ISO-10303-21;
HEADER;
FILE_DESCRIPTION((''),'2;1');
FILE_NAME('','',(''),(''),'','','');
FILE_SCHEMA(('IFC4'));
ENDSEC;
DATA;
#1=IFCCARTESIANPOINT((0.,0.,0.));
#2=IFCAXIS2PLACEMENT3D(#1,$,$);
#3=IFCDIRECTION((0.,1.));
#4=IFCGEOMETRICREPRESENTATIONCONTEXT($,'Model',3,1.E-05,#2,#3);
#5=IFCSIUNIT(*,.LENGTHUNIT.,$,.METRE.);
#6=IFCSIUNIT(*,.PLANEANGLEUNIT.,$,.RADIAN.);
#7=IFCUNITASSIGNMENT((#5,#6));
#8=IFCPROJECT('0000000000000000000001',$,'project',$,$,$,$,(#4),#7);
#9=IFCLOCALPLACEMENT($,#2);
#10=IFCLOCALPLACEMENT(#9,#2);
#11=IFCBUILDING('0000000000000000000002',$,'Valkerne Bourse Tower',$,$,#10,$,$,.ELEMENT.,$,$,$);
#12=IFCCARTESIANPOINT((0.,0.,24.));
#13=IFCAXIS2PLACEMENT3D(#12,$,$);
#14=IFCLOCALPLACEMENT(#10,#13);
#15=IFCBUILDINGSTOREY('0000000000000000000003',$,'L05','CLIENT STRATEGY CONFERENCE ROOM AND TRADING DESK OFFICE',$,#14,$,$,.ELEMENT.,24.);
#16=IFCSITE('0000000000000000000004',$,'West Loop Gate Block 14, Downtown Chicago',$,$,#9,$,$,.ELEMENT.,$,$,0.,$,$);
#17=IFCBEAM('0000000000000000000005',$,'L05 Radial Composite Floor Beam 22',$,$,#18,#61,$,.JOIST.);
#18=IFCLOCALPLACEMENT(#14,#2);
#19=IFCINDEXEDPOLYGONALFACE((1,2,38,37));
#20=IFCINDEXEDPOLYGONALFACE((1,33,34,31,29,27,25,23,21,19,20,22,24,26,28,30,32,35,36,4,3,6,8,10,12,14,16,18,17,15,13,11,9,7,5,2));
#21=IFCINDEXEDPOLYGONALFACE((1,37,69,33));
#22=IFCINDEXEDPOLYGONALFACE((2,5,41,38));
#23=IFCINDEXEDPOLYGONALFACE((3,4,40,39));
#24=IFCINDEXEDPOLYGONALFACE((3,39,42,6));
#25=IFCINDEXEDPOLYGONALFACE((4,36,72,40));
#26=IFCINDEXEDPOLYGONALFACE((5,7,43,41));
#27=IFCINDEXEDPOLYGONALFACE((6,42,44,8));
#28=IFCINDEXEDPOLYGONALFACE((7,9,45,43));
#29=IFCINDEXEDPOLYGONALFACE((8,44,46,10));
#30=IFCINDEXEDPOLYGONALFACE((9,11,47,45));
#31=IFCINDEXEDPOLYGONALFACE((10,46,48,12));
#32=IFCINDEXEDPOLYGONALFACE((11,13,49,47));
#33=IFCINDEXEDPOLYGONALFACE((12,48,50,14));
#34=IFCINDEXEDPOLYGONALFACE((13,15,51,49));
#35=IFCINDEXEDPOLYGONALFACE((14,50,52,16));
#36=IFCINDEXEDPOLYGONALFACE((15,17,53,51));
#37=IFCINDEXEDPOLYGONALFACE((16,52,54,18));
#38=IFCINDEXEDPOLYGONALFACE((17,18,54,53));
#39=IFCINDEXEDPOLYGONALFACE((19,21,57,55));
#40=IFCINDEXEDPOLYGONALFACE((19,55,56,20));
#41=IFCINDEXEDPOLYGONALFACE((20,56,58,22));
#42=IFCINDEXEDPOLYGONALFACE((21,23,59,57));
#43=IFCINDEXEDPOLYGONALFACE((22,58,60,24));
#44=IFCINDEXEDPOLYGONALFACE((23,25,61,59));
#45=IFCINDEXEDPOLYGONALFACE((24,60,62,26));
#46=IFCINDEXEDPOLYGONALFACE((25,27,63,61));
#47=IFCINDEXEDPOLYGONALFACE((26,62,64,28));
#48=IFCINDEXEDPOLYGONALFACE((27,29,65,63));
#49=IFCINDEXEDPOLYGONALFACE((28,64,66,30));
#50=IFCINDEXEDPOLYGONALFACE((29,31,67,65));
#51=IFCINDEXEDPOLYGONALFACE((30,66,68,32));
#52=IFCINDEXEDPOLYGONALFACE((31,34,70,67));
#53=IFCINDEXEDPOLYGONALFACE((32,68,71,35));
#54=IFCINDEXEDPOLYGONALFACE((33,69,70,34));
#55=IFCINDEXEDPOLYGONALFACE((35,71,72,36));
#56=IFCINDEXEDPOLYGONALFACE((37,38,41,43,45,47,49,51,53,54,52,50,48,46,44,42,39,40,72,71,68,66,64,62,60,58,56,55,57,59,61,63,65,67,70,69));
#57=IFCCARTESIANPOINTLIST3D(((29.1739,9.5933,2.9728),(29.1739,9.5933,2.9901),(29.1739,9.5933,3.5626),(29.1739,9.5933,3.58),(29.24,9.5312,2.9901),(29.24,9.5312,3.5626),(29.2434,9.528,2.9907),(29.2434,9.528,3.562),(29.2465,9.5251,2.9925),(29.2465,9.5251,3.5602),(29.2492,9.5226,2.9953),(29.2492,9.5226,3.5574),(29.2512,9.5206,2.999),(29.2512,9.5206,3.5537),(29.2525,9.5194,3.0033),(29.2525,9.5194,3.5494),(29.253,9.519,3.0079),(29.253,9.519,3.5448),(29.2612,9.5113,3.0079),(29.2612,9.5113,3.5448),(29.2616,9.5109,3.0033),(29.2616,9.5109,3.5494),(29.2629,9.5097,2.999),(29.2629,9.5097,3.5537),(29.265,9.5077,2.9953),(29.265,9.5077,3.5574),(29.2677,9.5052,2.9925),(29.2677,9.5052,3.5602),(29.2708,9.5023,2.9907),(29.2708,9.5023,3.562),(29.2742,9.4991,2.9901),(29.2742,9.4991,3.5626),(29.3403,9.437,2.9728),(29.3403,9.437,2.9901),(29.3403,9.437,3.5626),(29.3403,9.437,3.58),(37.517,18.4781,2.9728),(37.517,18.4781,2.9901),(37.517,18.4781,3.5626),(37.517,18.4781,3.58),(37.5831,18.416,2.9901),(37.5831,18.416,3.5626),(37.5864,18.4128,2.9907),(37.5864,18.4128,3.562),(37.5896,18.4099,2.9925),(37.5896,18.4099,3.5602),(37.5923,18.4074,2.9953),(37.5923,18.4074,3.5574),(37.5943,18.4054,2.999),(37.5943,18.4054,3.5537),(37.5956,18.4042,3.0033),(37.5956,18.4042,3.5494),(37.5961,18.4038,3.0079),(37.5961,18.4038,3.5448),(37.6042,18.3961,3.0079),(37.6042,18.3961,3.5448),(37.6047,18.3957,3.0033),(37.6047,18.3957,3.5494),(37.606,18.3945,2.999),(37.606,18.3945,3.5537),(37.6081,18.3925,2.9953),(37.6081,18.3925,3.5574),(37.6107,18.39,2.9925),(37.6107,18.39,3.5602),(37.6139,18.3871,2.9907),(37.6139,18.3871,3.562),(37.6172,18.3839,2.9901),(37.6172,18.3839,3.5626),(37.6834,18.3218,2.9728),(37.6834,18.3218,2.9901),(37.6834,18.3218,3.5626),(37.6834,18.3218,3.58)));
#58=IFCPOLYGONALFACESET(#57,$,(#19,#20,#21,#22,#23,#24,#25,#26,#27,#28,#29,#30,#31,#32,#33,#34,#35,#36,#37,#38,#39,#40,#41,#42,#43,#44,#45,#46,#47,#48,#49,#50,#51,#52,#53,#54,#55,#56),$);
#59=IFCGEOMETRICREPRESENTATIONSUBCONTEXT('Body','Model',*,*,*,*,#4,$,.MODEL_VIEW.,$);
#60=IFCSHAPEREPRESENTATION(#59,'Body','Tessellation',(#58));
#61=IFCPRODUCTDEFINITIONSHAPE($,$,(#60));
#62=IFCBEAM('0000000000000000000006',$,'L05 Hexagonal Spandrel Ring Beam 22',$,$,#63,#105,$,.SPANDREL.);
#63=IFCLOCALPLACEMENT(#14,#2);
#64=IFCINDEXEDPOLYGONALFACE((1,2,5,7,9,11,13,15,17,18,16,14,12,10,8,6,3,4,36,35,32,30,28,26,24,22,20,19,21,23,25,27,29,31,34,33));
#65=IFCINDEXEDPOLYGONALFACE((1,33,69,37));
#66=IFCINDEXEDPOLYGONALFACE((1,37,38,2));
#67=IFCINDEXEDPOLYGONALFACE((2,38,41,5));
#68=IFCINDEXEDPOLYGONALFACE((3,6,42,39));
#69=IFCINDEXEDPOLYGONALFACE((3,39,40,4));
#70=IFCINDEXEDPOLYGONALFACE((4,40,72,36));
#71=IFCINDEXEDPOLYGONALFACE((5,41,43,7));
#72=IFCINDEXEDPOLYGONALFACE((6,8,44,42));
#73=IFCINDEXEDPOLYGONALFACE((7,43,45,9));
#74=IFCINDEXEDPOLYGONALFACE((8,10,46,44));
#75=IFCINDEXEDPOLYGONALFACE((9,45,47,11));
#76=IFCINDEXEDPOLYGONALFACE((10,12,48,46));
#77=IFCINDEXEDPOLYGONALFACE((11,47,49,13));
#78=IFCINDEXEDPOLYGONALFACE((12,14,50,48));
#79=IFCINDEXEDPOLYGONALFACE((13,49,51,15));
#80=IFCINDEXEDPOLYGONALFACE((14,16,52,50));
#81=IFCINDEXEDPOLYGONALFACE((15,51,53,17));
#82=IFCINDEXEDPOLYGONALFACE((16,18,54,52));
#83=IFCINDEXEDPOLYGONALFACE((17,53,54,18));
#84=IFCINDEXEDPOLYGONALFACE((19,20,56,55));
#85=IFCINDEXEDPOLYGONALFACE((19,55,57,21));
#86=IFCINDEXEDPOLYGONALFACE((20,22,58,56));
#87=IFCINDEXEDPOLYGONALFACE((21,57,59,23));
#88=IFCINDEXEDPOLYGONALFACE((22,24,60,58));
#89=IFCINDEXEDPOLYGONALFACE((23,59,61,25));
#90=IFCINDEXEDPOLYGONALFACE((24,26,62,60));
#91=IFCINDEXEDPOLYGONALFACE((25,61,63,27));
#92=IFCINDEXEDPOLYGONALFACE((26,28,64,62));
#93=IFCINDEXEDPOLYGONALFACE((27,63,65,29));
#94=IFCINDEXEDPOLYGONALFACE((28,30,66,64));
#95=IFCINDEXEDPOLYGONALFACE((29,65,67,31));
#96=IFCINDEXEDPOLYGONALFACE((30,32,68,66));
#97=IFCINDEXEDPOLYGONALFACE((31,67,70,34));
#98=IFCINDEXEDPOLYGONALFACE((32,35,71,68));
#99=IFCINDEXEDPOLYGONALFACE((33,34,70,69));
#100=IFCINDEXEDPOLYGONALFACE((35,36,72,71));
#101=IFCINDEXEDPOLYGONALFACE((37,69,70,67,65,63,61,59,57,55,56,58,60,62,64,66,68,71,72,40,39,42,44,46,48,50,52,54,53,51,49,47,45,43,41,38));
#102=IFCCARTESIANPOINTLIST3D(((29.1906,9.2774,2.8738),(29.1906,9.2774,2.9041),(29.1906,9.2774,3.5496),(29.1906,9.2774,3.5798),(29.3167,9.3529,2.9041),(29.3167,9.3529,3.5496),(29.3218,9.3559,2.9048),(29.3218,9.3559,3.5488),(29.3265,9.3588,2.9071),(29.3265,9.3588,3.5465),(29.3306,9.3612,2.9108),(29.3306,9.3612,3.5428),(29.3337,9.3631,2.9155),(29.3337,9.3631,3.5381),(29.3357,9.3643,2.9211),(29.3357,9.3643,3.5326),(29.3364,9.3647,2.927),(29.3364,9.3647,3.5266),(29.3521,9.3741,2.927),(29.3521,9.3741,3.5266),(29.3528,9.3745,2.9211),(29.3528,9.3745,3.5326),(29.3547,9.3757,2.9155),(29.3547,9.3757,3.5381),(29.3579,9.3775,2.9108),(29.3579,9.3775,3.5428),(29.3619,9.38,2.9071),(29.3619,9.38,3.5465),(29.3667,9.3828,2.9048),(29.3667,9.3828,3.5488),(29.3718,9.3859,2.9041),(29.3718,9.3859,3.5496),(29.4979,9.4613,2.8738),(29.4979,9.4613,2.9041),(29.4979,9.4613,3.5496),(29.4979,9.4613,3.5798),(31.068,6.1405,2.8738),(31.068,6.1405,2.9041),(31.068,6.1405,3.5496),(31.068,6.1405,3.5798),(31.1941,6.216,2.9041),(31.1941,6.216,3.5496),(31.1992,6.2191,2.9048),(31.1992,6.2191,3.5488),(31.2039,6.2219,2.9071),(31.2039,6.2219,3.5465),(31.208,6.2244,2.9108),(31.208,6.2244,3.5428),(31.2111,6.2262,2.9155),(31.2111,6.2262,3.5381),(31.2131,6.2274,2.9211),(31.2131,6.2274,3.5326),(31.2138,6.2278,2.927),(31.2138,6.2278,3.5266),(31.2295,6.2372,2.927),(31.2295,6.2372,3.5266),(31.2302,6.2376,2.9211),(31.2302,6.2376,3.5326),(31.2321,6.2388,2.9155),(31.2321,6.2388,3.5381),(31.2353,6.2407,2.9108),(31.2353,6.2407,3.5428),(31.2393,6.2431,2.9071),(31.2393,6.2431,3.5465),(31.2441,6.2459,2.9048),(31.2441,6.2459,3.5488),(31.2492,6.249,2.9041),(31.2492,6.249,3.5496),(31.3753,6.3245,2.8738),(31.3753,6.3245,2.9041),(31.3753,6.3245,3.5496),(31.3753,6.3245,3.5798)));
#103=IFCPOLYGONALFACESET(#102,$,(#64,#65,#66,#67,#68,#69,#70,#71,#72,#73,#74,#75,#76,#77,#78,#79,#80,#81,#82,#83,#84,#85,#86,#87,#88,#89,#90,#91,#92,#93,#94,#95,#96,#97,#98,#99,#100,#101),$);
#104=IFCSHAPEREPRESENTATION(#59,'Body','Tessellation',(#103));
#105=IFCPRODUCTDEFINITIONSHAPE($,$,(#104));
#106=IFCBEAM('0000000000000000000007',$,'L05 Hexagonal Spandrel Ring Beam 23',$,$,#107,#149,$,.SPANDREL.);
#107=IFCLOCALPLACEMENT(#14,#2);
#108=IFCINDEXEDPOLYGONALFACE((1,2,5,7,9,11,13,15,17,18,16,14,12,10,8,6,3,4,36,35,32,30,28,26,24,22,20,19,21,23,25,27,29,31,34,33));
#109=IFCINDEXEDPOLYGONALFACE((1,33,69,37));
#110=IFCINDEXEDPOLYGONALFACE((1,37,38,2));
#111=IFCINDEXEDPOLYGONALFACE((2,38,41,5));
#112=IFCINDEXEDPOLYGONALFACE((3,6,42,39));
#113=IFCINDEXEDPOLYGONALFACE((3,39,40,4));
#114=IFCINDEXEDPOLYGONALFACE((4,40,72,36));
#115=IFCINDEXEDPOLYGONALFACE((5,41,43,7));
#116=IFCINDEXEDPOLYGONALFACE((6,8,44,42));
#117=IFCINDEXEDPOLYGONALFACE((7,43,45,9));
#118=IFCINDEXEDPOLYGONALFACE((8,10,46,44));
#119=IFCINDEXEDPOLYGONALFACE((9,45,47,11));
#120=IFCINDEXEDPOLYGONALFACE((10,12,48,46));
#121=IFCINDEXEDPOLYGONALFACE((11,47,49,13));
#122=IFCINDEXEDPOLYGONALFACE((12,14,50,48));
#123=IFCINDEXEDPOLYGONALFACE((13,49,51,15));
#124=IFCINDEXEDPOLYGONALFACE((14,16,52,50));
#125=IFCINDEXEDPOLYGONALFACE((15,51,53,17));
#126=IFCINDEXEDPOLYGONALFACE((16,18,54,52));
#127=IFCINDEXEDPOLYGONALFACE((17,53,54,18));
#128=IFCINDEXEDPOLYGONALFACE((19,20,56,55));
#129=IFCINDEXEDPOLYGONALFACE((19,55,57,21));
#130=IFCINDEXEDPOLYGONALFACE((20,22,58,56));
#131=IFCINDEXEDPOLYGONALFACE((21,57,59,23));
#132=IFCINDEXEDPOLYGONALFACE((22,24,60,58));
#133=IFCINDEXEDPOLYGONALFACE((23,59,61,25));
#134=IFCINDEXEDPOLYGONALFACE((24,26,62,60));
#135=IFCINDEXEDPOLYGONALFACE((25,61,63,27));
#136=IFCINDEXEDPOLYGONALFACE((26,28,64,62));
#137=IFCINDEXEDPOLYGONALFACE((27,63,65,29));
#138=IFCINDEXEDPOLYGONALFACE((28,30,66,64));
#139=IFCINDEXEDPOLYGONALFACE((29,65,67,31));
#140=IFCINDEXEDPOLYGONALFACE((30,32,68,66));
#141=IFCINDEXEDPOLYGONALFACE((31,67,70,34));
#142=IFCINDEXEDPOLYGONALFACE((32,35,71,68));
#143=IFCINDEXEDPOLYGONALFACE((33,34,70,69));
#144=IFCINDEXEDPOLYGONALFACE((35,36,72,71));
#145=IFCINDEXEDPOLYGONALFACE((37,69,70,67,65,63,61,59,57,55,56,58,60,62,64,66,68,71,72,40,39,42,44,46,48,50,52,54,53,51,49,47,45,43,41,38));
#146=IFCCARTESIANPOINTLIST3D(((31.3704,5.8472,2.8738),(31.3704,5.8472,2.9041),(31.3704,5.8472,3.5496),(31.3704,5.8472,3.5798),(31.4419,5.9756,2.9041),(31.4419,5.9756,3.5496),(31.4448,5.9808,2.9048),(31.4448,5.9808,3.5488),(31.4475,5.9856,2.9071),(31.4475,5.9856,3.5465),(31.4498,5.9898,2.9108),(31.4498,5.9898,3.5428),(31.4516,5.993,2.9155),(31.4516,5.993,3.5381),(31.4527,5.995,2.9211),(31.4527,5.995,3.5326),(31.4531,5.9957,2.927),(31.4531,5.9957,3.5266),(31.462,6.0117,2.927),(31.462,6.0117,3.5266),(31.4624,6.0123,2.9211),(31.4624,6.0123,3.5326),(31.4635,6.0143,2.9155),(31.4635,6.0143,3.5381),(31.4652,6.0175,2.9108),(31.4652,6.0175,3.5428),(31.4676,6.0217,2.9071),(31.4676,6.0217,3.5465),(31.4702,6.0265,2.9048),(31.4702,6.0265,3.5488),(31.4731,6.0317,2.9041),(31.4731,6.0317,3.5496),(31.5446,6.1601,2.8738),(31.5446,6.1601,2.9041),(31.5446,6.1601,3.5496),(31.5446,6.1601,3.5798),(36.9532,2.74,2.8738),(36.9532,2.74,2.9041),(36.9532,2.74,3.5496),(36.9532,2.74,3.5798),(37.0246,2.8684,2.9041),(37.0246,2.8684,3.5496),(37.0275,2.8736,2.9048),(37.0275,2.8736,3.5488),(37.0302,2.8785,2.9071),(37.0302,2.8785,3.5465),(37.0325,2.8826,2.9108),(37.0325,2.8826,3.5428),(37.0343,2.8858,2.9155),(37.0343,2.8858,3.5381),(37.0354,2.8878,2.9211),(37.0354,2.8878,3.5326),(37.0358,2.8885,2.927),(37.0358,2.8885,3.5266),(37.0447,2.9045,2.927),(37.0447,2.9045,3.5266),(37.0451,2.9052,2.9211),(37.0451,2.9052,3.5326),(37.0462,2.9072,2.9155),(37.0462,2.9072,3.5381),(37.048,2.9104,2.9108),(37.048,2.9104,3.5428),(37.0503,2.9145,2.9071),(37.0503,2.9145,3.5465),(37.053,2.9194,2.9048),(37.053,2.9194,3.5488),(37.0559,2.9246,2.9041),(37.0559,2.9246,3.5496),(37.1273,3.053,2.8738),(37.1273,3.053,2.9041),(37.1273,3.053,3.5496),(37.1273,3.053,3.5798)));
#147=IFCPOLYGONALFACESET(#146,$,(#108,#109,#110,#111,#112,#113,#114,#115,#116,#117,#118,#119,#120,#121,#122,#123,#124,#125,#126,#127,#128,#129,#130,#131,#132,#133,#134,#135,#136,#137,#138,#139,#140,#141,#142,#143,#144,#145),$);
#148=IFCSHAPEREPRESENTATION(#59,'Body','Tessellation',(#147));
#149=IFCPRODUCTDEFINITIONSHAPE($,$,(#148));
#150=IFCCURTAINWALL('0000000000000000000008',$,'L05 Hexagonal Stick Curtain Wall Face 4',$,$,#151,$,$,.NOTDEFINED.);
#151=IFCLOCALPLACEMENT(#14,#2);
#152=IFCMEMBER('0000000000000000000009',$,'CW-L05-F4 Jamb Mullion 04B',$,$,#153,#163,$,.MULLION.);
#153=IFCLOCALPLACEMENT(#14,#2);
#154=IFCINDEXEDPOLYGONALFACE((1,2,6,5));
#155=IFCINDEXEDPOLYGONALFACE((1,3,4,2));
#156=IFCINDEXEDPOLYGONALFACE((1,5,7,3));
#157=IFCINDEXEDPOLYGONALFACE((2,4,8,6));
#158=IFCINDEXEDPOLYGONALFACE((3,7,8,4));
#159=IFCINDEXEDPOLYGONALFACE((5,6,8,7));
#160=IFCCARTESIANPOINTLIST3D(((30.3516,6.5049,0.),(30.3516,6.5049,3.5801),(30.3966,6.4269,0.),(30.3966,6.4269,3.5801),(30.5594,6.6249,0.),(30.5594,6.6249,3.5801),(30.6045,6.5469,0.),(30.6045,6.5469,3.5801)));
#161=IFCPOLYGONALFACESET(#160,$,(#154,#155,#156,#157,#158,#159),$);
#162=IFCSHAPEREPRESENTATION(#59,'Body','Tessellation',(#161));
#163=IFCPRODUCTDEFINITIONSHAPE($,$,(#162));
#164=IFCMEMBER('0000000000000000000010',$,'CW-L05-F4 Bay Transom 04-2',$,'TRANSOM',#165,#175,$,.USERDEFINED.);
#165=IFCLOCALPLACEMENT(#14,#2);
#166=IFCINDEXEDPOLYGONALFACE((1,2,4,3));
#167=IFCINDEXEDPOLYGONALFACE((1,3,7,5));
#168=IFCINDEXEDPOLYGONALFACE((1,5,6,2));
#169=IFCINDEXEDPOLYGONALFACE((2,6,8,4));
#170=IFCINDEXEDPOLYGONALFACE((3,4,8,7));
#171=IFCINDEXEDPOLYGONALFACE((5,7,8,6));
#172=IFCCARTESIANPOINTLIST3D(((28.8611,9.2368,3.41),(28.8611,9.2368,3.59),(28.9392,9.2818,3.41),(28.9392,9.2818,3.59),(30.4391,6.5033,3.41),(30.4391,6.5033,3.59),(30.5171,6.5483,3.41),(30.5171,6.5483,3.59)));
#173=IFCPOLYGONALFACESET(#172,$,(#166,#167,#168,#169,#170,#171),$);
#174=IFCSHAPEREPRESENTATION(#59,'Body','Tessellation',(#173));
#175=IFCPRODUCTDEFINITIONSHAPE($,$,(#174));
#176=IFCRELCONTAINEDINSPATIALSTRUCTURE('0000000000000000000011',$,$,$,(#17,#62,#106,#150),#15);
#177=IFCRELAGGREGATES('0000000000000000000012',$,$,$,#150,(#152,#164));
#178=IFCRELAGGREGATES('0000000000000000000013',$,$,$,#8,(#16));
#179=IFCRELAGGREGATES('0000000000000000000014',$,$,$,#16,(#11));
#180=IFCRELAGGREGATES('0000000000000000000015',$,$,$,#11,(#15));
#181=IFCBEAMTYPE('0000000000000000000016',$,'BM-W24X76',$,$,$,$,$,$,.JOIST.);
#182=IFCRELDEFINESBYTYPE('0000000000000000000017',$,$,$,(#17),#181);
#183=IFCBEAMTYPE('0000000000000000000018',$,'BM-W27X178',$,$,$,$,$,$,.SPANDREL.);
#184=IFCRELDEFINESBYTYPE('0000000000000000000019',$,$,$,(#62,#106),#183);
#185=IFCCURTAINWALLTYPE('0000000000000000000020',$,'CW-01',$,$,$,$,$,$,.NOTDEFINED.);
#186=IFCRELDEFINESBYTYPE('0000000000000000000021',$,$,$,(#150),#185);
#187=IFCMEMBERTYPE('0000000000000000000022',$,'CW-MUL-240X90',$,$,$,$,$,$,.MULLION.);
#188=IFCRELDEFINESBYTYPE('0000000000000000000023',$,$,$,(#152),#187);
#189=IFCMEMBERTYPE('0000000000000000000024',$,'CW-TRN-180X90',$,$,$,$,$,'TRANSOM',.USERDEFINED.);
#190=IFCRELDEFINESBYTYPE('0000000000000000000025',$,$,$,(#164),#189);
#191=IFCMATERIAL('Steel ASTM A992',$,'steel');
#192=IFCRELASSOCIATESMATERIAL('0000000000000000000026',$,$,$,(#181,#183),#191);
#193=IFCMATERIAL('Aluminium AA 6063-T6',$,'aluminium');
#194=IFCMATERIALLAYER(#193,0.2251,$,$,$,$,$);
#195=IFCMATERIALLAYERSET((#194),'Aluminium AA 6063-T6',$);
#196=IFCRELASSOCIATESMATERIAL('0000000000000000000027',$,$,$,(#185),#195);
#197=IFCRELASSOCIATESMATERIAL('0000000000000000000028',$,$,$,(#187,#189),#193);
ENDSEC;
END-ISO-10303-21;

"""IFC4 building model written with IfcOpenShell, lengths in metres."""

from ifc_helpers import new_model, si_unit, direction, frame, origin, origin_2d, place, context, subcontext, project, spatial, rectangle, i_section, extrude, material, layer, layer_set, material_profile, profile_set, type_object, element, aggregate, save


model = new_model("IFC4")

# Units and contexts
model_context = context("Model", 3, precision=1e-05, world=origin(), true_north=direction((0.0, 1.0)))
body_context = subcontext(model_context, "Body", "Model", "MODEL_VIEW")
ifc_project = project(units=[si_unit("LENGTHUNIT", "METRE"), si_unit("PLANEANGLEUNIT", "RADIAN")], contexts=[model_context])

# Site, building, storey
site_placement = place(None, origin())
site = spatial("IfcSite", under=ifc_project, at=site_placement, Name="West Loop Gate Block 14, Downtown Chicago", CompositionType="ELEMENT", RefElevation=0.0)
building_placement = place(site_placement, origin())
building = spatial("IfcBuilding", under=site, at=building_placement, Name="Valkerne Bourse Tower", CompositionType="ELEMENT")
storey_placement = place(building_placement, frame((0.0, 0.0, 24.0)))
storey = spatial("IfcBuildingStorey", under=building, at=storey_placement, Name="L05", Description="CLIENT STRATEGY CONFERENCE ROOM AND TRADING DESK OFFICE", CompositionType="ELEMENT", Elevation=24.0)

# Beams
ifc_material_1 = material(Name="Steel ASTM A992", Category="steel")
ifc_material_profile_1 = material_profile(ifc_material_1, i_section(OverallWidth=0.2283, OverallDepth=0.6072, WebThickness=0.0112, FlangeThickness=0.0173, FilletRadius=0.0178, at=origin_2d()), Name="W24X76")
ifc_profile_set_1 = profile_set([ifc_material_profile_1], Name="Steel ASTM A992")
beam_type_1 = type_object("IfcBeamType", Name="BM-W24X76", PredefinedType="JOIST", material=ifc_profile_set_1)
beam_1_placement = place(storey_placement, frame((29.2571, 9.5151, 3.2764), z_axis=(0.684533, 0.728982, 0.0), x_axis=(-0.728982, 0.684533, 0.0)))
element("IfcBeam", 1, at=beam_1_placement, inside=storey, type_object=beam_type_1, Name="L05 Radial Composite Floor Beam 22", PredefinedType="JOIST", context=body_context, shape_type="SweptSolid", body=[
    extrude(i_section(OverallWidth=0.2283, OverallDepth=0.6072, WebThickness=0.0112, FlangeThickness=0.0173, FilletRadius=0.0178, at=origin_2d()), origin(), (0.0, 0.0, 1.0), 12.188),
])
ifc_material_profile_2 = material_profile(ifc_material_1, i_section(OverallWidth=0.3582, OverallDepth=0.7061, WebThickness=0.0183, FlangeThickness=0.0303, FilletRadius=0.0229, at=origin_2d()), Name="W27X178")
ifc_profile_set_2 = profile_set([ifc_material_profile_2], Name="Steel ASTM A992")
beam_type_2 = type_object("IfcBeamType", Name="BM-W27X178", PredefinedType="SPANDREL", material=ifc_profile_set_2)
beam_2_placement = place(storey_placement, frame((29.3442, 9.3694, 3.2268), z_axis=(0.513543, -0.858064, 0.0), x_axis=(0.858064, 0.513543, 0.0)))
element("IfcBeam", 2, at=beam_2_placement, inside=storey, type_object=beam_type_2, Name="L05 Hexagonal Spandrel Ring Beam 22", PredefinedType="SPANDREL", context=body_context, shape_type="SweptSolid", body=[
    extrude(i_section(OverallWidth=0.3582, OverallDepth=0.7061, WebThickness=0.0183, FlangeThickness=0.0303, FilletRadius=0.0229, at=origin_2d()), origin(), (0.0, 0.0, 1.0), 3.6558),
])
beam_3_placement = place(storey_placement, frame((31.4575, 6.0037, 3.2268), z_axis=(0.873782, -0.486318, 0.0), x_axis=(0.486318, 0.873782, 0.0)))
element("IfcBeam", 3, at=beam_3_placement, inside=storey, type_object=beam_type_2, Name="L05 Hexagonal Spandrel Ring Beam 23", PredefinedType="SPANDREL", context=body_context, shape_type="SweptSolid", body=[
    extrude(i_section(OverallWidth=0.3582, OverallDepth=0.7061, WebThickness=0.0183, FlangeThickness=0.0303, FilletRadius=0.0229, at=origin_2d()), origin(), (0.0, 0.0, 1.0), 6.3892),
])

# Curtain wall, members
ifc_material_2 = material(Name="Aluminium AA 6063-T6", Category="aluminium")
ifc_layer_1 = layer(ifc_material_2, 0.2251)
ifc_layer_set_1 = layer_set([ifc_layer_1], Name="Aluminium AA 6063-T6")
curtain_wall_type = type_object("IfcCurtainWallType", Name="CW-01", PredefinedType="NOTDEFINED", material=ifc_layer_set_1)
curtain_wall_placement = place(storey_placement, origin())
curtain_wall = element("IfcCurtainWall", 4, at=curtain_wall_placement, inside=storey, type_object=curtain_wall_type, Name="L05 Hexagonal Stick Curtain Wall Face 4", PredefinedType="NOTDEFINED")
ifc_material_profile_3 = material_profile(ifc_material_2, rectangle(XDim=0.0901, YDim=0.24, at=origin_2d()), Name="CWM-90X240")
ifc_profile_set_3 = profile_set([ifc_material_profile_3], Name="Aluminium AA 6063-T6")
member_type_1 = type_object("IfcMemberType", Name="CW-MUL-240X90", PredefinedType="MULLION", material=ifc_profile_set_3)
member_1_placement = place(storey_placement, frame((30.478, 6.5259, 0.0), z_axis=(0.0, 0.0, 1.0), x_axis=(0.500004, -0.866023, 0.0)))
member_1 = element("IfcMember", 5, at=member_1_placement, type_object=member_type_1, Name="CW-L05-F4 Jamb Mullion 04B", PredefinedType="MULLION", context=body_context, shape_type="SweptSolid", body=[
    extrude(rectangle(XDim=0.0901, YDim=0.24, at=origin_2d()), origin(), (0.0, 0.0, 1.0), 3.5801),
])
ifc_material_profile_4 = material_profile(ifc_material_2, rectangle(XDim=0.0901, YDim=0.1799, at=origin_2d()), Name="CWT-90X180")
ifc_profile_set_4 = profile_set([ifc_material_profile_4], Name="Aluminium AA 6063-T6")
member_type_2 = type_object("IfcMemberType", Name="CW-TRN-180X90", ElementType="TRANSOM", PredefinedType="USERDEFINED", material=ifc_profile_set_4)
member_2_placement = place(storey_placement, frame((28.9001, 9.2593, 3.5), z_axis=(0.499941, -0.866059, 0.0), x_axis=(0.866059, 0.499941, 0.0)))
member_2 = element("IfcMember", 6, at=member_2_placement, type_object=member_type_2, Name="CW-L05-F4 Bay Transom 04-2", ObjectType="TRANSOM", PredefinedType="USERDEFINED", context=body_context, shape_type="SweptSolid", body=[
    extrude(rectangle(XDim=0.0901, YDim=0.1799, at=origin_2d()), origin(), (0.0, 0.0, 1.0), 3.1562),
])

aggregate(curtain_wall, [member_1, member_2])

save(model, "model.ifc")
